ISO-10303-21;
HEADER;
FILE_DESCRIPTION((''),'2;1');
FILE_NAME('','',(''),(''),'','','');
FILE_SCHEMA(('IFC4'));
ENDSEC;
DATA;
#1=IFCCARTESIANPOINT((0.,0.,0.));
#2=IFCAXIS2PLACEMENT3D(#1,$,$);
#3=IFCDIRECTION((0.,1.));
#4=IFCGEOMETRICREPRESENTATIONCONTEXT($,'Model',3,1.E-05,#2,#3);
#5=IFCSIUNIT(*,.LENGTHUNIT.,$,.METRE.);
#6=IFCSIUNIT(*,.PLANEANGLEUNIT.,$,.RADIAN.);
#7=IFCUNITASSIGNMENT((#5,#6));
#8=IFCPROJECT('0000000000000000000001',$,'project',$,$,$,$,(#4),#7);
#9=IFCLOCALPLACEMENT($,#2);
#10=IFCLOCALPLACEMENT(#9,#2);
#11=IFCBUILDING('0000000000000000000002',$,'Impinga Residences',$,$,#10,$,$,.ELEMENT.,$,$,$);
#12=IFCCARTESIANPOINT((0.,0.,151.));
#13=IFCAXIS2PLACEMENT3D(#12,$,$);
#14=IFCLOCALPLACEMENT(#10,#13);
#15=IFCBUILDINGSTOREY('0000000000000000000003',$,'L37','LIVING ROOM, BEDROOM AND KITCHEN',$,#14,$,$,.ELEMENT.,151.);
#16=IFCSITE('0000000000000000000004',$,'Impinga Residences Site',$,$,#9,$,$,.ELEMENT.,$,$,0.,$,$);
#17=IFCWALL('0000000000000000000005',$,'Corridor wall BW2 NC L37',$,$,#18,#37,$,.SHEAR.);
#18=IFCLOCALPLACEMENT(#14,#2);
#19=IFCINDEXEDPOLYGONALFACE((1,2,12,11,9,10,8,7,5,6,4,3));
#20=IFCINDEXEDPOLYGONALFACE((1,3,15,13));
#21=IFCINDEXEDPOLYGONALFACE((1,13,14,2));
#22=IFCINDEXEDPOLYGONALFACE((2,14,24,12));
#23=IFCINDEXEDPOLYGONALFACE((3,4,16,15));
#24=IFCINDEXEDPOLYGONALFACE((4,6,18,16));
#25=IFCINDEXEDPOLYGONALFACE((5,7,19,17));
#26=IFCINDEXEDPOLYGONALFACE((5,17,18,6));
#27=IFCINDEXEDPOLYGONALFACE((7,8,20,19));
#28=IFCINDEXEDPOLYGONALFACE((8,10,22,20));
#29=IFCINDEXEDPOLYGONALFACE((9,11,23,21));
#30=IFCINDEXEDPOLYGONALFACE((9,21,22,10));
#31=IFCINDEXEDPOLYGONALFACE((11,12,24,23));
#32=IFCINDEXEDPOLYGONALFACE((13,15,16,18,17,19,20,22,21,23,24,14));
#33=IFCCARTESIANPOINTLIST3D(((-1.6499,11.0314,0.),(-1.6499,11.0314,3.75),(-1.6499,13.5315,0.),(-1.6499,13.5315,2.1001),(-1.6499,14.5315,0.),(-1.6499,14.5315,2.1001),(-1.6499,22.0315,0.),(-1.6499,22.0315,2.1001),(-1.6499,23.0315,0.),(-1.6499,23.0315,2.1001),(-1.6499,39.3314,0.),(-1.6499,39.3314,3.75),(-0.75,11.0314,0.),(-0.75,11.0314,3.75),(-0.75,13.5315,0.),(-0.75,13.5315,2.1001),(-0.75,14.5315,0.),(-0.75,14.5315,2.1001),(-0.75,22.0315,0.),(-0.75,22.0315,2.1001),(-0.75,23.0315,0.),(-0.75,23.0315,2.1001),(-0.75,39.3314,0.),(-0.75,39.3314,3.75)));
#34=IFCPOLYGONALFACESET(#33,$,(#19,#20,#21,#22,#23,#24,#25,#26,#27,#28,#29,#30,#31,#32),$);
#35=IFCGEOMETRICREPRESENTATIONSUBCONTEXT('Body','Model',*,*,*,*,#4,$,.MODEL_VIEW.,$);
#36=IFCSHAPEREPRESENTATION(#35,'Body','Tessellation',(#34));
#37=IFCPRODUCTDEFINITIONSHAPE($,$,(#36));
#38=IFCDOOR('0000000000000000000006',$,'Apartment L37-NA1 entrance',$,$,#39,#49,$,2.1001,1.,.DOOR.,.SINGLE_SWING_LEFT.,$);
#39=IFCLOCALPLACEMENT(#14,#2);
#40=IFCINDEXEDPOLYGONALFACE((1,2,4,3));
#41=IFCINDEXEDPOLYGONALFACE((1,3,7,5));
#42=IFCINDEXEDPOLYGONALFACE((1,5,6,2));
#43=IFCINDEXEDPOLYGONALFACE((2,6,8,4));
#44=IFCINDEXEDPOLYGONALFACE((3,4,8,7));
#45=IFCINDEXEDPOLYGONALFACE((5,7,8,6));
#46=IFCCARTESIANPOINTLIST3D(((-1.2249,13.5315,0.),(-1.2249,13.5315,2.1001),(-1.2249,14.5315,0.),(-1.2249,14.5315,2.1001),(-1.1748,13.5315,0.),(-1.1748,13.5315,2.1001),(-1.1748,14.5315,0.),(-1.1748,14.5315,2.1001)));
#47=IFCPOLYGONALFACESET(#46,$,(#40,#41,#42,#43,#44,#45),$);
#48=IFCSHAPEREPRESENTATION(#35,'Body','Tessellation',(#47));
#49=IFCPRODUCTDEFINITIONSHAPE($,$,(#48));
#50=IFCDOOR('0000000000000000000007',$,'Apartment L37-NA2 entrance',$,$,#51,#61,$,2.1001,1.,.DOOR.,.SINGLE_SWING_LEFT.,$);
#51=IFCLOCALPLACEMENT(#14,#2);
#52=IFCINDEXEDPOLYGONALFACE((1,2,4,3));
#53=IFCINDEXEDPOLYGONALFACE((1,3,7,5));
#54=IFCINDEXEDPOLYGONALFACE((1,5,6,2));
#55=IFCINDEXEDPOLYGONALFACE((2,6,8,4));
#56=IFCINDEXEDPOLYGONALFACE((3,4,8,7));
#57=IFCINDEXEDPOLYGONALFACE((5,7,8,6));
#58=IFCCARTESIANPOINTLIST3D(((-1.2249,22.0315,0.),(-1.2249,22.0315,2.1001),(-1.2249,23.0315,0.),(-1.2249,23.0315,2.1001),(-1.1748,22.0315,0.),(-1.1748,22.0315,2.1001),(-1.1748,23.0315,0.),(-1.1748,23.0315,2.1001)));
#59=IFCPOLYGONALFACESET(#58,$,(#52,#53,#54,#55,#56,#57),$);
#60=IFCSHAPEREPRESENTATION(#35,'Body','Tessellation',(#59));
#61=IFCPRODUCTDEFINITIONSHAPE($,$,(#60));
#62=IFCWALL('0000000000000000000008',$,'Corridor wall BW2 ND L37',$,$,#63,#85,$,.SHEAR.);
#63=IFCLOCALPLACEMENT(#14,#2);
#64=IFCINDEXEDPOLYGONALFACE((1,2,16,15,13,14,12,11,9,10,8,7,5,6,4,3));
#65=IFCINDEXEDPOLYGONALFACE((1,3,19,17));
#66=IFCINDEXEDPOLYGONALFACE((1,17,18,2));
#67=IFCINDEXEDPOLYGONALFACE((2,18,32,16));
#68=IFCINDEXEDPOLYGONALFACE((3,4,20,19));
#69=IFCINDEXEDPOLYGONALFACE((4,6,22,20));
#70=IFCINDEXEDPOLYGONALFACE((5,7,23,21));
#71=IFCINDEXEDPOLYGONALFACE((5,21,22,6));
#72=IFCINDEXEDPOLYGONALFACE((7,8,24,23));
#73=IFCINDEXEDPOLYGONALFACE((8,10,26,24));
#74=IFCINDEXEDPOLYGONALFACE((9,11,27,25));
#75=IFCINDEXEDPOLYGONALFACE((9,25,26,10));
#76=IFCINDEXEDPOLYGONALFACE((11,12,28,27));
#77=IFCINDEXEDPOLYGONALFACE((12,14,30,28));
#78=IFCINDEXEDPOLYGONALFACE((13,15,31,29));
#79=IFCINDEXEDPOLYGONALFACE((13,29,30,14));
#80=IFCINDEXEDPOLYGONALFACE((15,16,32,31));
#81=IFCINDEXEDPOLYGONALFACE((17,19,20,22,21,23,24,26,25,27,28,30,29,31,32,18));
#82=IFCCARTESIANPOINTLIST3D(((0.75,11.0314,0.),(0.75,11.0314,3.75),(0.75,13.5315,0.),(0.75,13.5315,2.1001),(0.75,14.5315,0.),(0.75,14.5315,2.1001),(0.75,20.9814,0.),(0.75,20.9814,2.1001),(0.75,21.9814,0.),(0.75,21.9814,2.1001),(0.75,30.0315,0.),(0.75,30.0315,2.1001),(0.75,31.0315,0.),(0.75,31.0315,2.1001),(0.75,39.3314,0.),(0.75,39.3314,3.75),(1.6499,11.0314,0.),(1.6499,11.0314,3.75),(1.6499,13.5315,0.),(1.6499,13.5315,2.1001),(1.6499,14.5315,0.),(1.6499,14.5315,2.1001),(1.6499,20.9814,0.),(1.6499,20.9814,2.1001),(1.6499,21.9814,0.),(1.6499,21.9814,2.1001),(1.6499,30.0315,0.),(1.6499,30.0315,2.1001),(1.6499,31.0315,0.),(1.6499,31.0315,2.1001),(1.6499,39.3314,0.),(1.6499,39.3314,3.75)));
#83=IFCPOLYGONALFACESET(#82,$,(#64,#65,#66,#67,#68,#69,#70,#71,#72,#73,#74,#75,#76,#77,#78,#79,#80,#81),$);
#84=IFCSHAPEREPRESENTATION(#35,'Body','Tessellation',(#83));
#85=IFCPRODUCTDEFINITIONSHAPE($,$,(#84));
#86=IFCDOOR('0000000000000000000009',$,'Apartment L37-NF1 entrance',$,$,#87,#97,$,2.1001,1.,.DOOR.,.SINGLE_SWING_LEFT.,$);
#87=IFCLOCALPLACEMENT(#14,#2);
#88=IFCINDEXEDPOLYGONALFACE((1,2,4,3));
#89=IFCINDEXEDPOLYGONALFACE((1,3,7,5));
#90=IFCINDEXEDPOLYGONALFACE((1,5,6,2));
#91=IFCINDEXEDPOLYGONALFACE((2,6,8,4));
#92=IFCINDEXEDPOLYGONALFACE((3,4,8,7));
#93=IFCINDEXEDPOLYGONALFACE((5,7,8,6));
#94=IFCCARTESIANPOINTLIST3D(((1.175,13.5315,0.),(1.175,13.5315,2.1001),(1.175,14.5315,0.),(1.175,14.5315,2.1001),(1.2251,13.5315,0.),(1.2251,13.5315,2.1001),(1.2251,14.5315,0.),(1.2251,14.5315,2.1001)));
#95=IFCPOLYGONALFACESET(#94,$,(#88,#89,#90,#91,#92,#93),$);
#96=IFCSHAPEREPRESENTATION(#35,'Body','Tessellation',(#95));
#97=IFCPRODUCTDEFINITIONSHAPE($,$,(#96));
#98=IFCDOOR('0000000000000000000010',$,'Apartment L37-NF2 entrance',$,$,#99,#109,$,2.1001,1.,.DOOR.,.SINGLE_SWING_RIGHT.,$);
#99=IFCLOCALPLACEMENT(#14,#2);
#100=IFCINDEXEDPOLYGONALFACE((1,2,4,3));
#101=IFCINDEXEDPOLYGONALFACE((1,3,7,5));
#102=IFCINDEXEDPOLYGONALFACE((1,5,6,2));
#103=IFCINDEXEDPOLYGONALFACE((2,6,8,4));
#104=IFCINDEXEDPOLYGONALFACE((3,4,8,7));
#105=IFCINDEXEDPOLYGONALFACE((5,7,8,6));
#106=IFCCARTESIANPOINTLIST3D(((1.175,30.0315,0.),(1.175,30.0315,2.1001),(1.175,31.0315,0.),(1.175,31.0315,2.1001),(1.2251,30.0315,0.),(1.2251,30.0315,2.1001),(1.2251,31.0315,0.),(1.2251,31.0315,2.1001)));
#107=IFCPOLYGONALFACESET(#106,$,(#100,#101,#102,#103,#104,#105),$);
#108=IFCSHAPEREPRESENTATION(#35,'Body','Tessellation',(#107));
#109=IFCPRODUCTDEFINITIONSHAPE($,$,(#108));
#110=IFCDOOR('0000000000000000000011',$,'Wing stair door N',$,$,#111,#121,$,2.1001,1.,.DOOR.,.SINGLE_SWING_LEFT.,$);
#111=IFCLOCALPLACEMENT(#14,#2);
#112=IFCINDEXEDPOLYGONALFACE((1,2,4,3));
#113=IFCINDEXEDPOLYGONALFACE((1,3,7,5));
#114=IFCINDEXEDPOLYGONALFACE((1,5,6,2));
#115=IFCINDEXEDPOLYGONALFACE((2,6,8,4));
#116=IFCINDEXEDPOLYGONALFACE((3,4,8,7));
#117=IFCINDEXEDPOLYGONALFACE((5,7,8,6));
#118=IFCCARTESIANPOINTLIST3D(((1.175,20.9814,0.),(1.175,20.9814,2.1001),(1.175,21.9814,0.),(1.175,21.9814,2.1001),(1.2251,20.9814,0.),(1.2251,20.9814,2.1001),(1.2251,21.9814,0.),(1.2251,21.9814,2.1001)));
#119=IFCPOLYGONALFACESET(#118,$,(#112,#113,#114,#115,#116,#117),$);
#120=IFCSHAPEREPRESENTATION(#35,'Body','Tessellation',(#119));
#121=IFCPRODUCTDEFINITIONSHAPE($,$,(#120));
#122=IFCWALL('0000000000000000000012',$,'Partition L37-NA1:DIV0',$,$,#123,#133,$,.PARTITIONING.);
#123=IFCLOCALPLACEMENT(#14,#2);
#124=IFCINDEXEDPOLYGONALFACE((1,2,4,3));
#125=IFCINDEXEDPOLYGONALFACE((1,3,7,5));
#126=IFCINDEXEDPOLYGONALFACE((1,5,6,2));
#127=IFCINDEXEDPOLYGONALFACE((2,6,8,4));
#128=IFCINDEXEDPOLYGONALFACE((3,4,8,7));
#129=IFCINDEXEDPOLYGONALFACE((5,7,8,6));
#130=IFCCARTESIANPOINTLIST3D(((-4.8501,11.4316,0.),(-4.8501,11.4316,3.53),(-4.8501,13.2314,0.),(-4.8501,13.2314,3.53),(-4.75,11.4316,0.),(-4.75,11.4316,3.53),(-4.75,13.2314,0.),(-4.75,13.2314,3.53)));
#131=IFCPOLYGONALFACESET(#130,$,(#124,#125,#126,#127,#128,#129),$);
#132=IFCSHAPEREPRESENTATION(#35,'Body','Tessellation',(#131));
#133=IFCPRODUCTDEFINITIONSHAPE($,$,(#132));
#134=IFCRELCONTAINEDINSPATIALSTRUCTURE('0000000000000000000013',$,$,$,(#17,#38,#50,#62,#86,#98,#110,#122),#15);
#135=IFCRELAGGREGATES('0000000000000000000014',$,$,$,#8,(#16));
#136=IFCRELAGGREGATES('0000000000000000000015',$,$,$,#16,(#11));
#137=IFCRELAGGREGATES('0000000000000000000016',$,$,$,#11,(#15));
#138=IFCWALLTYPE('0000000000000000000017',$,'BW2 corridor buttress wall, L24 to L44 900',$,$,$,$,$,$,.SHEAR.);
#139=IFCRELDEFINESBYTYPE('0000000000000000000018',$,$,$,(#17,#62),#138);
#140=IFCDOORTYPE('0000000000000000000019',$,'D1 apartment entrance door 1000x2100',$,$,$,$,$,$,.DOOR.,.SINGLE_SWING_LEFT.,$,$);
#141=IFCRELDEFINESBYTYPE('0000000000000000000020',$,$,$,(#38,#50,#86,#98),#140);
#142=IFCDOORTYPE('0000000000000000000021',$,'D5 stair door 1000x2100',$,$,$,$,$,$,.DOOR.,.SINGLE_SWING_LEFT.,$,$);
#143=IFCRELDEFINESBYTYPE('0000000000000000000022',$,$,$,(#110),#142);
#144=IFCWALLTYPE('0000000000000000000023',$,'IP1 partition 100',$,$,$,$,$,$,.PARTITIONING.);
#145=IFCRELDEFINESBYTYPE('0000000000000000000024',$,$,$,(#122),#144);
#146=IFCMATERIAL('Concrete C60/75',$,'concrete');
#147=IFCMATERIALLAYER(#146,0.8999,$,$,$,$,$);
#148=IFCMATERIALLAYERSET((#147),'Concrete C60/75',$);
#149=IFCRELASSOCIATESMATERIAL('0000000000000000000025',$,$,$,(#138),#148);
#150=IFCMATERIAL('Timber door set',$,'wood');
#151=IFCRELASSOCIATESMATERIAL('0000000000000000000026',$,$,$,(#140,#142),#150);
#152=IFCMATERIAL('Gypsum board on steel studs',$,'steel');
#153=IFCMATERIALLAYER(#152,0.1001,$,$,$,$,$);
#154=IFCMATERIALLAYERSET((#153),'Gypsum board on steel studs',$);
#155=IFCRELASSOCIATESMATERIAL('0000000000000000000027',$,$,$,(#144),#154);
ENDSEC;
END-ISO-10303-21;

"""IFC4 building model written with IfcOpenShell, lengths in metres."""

from ifc_helpers import new_model, si_unit, direction, frame, frame_2d, origin, place, context, subcontext, project, spatial, rectangle, extrude, material, layer, layer_set, type_object, element, fill, save


model = new_model("IFC4")

# Units and contexts
model_context = context("Model", 3, precision=1e-05, world=origin(), true_north=direction((0.0, 1.0)))
body_context = subcontext(model_context, "Body", "Model", "MODEL_VIEW")
ifc_project = project(units=[si_unit("LENGTHUNIT", "METRE"), si_unit("PLANEANGLEUNIT", "RADIAN")], contexts=[model_context])

# Site, building, storey
site_placement = place(None, origin())
site = spatial("IfcSite", under=ifc_project, at=site_placement, Name="Impinga Residences Site", CompositionType="ELEMENT", RefElevation=0.0)
building_placement = place(site_placement, origin())
building = spatial("IfcBuilding", under=site, at=building_placement, Name="Impinga Residences", CompositionType="ELEMENT")
storey_placement = place(building_placement, frame((0.0, 0.0, 151.0)))
storey = spatial("IfcBuildingStorey", under=building, at=storey_placement, Name="L37", Description="LIVING ROOM, BEDROOM AND KITCHEN", CompositionType="ELEMENT", Elevation=151.0)

# Walls, openings, doors
ifc_material_1 = material(Name="Concrete C60/75", Category="concrete")
ifc_layer_1 = layer(ifc_material_1, 0.8999)
ifc_layer_set_1 = layer_set([ifc_layer_1], Name="Concrete C60/75")
wall_type_1 = type_object("IfcWallType", Name="BW2 corridor buttress wall, L24 to L44 900", PredefinedType="SHEAR", material=ifc_layer_set_1)
wall_1_placement = place(storey_placement, frame((-1.2, 11.0315, 0.0), z_axis=(0.0, 0.0, 1.0), x_axis=(0.0, 1.0, 0.0)))
wall_1 = element("IfcWall", 1, at=wall_1_placement, inside=storey, type_object=wall_type_1, Name="Corridor wall BW2 NC L37", PredefinedType="SHEAR", context=body_context, shape_type="SweptSolid", body=[
    extrude(rectangle(XDim=28.3, YDim=0.8999, at=frame_2d((14.1499, 0.0))), origin(), (0.0, 0.0, 1.0), 3.75),
])
opening_1_placement = place(wall_1_placement, frame((2.5, 0.0, 0.0)))
opening_1 = element("IfcOpeningElement", 2, at=opening_1_placement, cuts=wall_1, PredefinedType="OPENING", context=body_context, shape_type="SweptSolid", body=[
    extrude(rectangle(XDim=1.0, YDim=2.1001, at=frame_2d((0.5, 1.05))), frame((0.0, 0.46, 0.0), z_axis=(0.0, -1.0, 0.0), x_axis=(1.0, 0.0, 0.0)), (0.0, 0.0, 1.0), 0.9199),
])
opening_2_placement = place(wall_1_placement, frame((11.0, 0.0, 0.0)))
opening_2 = element("IfcOpeningElement", 3, at=opening_2_placement, cuts=wall_1, PredefinedType="OPENING", context=body_context, shape_type="SweptSolid", body=[
    extrude(rectangle(XDim=1.0, YDim=2.1001, at=frame_2d((0.5, 1.05))), frame((0.0, 0.46, 0.0), z_axis=(0.0, -1.0, 0.0), x_axis=(1.0, 0.0, 0.0)), (0.0, 0.0, 1.0), 0.9199),
])
ifc_material_2 = material(Name="Timber door set", Category="wood")
door_type_1 = type_object("IfcDoorType", Name="D1 apartment entrance door 1000x2100", OperationType="SINGLE_SWING_LEFT", PredefinedType="DOOR", material=ifc_material_2)
door_1_placement = place(opening_1_placement, origin())
door_1 = element("IfcDoor", 4, at=door_1_placement, inside=storey, type_object=door_type_1, Name="Apartment L37-NA1 entrance", OperationType="SINGLE_SWING_LEFT", OverallHeight=2.1001, OverallWidth=1.0, PredefinedType="DOOR", context=body_context, shape_type="SweptSolid", body=[
    extrude(rectangle(XDim=1.0, YDim=2.1001, at=frame_2d((0.5, 1.05))), frame((0.0, 0.0249, 0.0), z_axis=(0.0, -1.0, 0.0), x_axis=(1.0, 0.0, 0.0)), (0.0, 0.0, 1.0), 0.05),
])
fill(opening_1, door_1)
door_2_placement = place(opening_2_placement, origin())
door_2 = element("IfcDoor", 5, at=door_2_placement, inside=storey, type_object=door_type_1, Name="Apartment L37-NA2 entrance", OperationType="SINGLE_SWING_LEFT", OverallHeight=2.1001, OverallWidth=1.0, PredefinedType="DOOR", context=body_context, shape_type="SweptSolid", body=[
    extrude(rectangle(XDim=1.0, YDim=2.1001, at=frame_2d((0.5, 1.05))), frame((0.0, 0.0249, 0.0), z_axis=(0.0, -1.0, 0.0), x_axis=(1.0, 0.0, 0.0)), (0.0, 0.0, 1.0), 0.05),
])
fill(opening_2, door_2)
wall_2_placement = place(storey_placement, frame((1.2, 11.0315, 0.0), z_axis=(0.0, 0.0, 1.0), x_axis=(0.0, 1.0, 0.0)))
wall_2 = element("IfcWall", 6, at=wall_2_placement, inside=storey, type_object=wall_type_1, Name="Corridor wall BW2 ND L37", PredefinedType="SHEAR", context=body_context, shape_type="SweptSolid", body=[
    extrude(rectangle(XDim=28.3, YDim=0.8999, at=frame_2d((14.1499, 0.0))), origin(), (0.0, 0.0, 1.0), 3.75),
])
opening_3_placement = place(wall_2_placement, frame((9.95, 0.0, 0.0)))
opening_3 = element("IfcOpeningElement", 7, at=opening_3_placement, cuts=wall_2, PredefinedType="OPENING", context=body_context, shape_type="SweptSolid", body=[
    extrude(rectangle(XDim=1.0, YDim=2.1001, at=frame_2d((0.5, 1.05))), frame((0.0, 0.46, 0.0), z_axis=(0.0, -1.0, 0.0), x_axis=(1.0, 0.0, 0.0)), (0.0, 0.0, 1.0), 0.9199),
])
opening_4_placement = place(wall_2_placement, frame((2.5, 0.0, 0.0)))
opening_4 = element("IfcOpeningElement", 8, at=opening_4_placement, cuts=wall_2, PredefinedType="OPENING", context=body_context, shape_type="SweptSolid", body=[
    extrude(rectangle(XDim=1.0, YDim=2.1001, at=frame_2d((0.5, 1.05))), frame((0.0, 0.46, 0.0), z_axis=(0.0, -1.0, 0.0), x_axis=(1.0, 0.0, 0.0)), (0.0, 0.0, 1.0), 0.9199),
])
opening_5_placement = place(wall_2_placement, frame((19.0, 0.0, 0.0)))
opening_5 = element("IfcOpeningElement", 9, at=opening_5_placement, cuts=wall_2, PredefinedType="OPENING", context=body_context, shape_type="SweptSolid", body=[
    extrude(rectangle(XDim=1.0, YDim=2.1001, at=frame_2d((0.5, 1.05))), frame((0.0, 0.46, 0.0), z_axis=(0.0, -1.0, 0.0), x_axis=(1.0, 0.0, 0.0)), (0.0, 0.0, 1.0), 0.9199),
])
door_3_placement = place(opening_4_placement, origin())
door_3 = element("IfcDoor", 10, at=door_3_placement, inside=storey, type_object=door_type_1, Name="Apartment L37-NF1 entrance", OperationType="SINGLE_SWING_LEFT", OverallHeight=2.1001, OverallWidth=1.0, PredefinedType="DOOR", context=body_context, shape_type="SweptSolid", body=[
    extrude(rectangle(XDim=1.0, YDim=2.1001, at=frame_2d((0.5, 1.05))), frame((0.0, 0.0249, 0.0), z_axis=(0.0, -1.0, 0.0), x_axis=(1.0, 0.0, 0.0)), (0.0, 0.0, 1.0), 0.05),
])
fill(opening_4, door_3)
door_4_placement = place(opening_5_placement, origin())
door_4 = element("IfcDoor", 11, at=door_4_placement, inside=storey, type_object=door_type_1, Name="Apartment L37-NF2 entrance", OperationType="SINGLE_SWING_RIGHT", OverallHeight=2.1001, OverallWidth=1.0, PredefinedType="DOOR", context=body_context, shape_type="SweptSolid", body=[
    extrude(rectangle(XDim=1.0, YDim=2.1001, at=frame_2d((0.5, 1.05))), frame((0.0, 0.0249, 0.0), z_axis=(0.0, -1.0, 0.0), x_axis=(1.0, 0.0, 0.0)), (0.0, 0.0, 1.0), 0.05),
])
fill(opening_5, door_4)
door_type_2 = type_object("IfcDoorType", Name="D5 stair door 1000x2100", OperationType="SINGLE_SWING_LEFT", PredefinedType="DOOR", material=ifc_material_2)
door_5_placement = place(opening_3_placement, origin())
door_5 = element("IfcDoor", 12, at=door_5_placement, inside=storey, type_object=door_type_2, Name="Wing stair door N", OperationType="SINGLE_SWING_LEFT", OverallHeight=2.1001, OverallWidth=1.0, PredefinedType="DOOR", context=body_context, shape_type="SweptSolid", body=[
    extrude(rectangle(XDim=1.0, YDim=2.1001, at=frame_2d((0.5, 1.05))), frame((0.0, 0.0249, 0.0), z_axis=(0.0, -1.0, 0.0), x_axis=(1.0, 0.0, 0.0)), (0.0, 0.0, 1.0), 0.05),
])
fill(opening_3, door_5)

# Wall
ifc_material_3 = material(Name="Gypsum board on steel studs", Category="steel")
ifc_layer_2 = layer(ifc_material_3, 0.1001)
ifc_layer_set_2 = layer_set([ifc_layer_2], Name="Gypsum board on steel studs")
wall_type_2 = type_object("IfcWallType", Name="IP1 partition 100", PredefinedType="PARTITIONING", material=ifc_layer_set_2)
wall_3_placement = place(storey_placement, frame((-4.8, 11.4316, 0.0), z_axis=(0.0, 0.0, 1.0), x_axis=(0.0, 1.0, 0.0)))
element("IfcWall", 13, at=wall_3_placement, inside=storey, type_object=wall_type_2, Name="Partition L37-NA1:DIV0", PredefinedType="PARTITIONING", context=body_context, shape_type="SweptSolid", body=[
    extrude(rectangle(XDim=1.7998, YDim=0.1001, at=frame_2d((0.8999, 0.0))), origin(), (0.0, 0.0, 1.0), 3.53),
])

save(model, "model.ifc")
